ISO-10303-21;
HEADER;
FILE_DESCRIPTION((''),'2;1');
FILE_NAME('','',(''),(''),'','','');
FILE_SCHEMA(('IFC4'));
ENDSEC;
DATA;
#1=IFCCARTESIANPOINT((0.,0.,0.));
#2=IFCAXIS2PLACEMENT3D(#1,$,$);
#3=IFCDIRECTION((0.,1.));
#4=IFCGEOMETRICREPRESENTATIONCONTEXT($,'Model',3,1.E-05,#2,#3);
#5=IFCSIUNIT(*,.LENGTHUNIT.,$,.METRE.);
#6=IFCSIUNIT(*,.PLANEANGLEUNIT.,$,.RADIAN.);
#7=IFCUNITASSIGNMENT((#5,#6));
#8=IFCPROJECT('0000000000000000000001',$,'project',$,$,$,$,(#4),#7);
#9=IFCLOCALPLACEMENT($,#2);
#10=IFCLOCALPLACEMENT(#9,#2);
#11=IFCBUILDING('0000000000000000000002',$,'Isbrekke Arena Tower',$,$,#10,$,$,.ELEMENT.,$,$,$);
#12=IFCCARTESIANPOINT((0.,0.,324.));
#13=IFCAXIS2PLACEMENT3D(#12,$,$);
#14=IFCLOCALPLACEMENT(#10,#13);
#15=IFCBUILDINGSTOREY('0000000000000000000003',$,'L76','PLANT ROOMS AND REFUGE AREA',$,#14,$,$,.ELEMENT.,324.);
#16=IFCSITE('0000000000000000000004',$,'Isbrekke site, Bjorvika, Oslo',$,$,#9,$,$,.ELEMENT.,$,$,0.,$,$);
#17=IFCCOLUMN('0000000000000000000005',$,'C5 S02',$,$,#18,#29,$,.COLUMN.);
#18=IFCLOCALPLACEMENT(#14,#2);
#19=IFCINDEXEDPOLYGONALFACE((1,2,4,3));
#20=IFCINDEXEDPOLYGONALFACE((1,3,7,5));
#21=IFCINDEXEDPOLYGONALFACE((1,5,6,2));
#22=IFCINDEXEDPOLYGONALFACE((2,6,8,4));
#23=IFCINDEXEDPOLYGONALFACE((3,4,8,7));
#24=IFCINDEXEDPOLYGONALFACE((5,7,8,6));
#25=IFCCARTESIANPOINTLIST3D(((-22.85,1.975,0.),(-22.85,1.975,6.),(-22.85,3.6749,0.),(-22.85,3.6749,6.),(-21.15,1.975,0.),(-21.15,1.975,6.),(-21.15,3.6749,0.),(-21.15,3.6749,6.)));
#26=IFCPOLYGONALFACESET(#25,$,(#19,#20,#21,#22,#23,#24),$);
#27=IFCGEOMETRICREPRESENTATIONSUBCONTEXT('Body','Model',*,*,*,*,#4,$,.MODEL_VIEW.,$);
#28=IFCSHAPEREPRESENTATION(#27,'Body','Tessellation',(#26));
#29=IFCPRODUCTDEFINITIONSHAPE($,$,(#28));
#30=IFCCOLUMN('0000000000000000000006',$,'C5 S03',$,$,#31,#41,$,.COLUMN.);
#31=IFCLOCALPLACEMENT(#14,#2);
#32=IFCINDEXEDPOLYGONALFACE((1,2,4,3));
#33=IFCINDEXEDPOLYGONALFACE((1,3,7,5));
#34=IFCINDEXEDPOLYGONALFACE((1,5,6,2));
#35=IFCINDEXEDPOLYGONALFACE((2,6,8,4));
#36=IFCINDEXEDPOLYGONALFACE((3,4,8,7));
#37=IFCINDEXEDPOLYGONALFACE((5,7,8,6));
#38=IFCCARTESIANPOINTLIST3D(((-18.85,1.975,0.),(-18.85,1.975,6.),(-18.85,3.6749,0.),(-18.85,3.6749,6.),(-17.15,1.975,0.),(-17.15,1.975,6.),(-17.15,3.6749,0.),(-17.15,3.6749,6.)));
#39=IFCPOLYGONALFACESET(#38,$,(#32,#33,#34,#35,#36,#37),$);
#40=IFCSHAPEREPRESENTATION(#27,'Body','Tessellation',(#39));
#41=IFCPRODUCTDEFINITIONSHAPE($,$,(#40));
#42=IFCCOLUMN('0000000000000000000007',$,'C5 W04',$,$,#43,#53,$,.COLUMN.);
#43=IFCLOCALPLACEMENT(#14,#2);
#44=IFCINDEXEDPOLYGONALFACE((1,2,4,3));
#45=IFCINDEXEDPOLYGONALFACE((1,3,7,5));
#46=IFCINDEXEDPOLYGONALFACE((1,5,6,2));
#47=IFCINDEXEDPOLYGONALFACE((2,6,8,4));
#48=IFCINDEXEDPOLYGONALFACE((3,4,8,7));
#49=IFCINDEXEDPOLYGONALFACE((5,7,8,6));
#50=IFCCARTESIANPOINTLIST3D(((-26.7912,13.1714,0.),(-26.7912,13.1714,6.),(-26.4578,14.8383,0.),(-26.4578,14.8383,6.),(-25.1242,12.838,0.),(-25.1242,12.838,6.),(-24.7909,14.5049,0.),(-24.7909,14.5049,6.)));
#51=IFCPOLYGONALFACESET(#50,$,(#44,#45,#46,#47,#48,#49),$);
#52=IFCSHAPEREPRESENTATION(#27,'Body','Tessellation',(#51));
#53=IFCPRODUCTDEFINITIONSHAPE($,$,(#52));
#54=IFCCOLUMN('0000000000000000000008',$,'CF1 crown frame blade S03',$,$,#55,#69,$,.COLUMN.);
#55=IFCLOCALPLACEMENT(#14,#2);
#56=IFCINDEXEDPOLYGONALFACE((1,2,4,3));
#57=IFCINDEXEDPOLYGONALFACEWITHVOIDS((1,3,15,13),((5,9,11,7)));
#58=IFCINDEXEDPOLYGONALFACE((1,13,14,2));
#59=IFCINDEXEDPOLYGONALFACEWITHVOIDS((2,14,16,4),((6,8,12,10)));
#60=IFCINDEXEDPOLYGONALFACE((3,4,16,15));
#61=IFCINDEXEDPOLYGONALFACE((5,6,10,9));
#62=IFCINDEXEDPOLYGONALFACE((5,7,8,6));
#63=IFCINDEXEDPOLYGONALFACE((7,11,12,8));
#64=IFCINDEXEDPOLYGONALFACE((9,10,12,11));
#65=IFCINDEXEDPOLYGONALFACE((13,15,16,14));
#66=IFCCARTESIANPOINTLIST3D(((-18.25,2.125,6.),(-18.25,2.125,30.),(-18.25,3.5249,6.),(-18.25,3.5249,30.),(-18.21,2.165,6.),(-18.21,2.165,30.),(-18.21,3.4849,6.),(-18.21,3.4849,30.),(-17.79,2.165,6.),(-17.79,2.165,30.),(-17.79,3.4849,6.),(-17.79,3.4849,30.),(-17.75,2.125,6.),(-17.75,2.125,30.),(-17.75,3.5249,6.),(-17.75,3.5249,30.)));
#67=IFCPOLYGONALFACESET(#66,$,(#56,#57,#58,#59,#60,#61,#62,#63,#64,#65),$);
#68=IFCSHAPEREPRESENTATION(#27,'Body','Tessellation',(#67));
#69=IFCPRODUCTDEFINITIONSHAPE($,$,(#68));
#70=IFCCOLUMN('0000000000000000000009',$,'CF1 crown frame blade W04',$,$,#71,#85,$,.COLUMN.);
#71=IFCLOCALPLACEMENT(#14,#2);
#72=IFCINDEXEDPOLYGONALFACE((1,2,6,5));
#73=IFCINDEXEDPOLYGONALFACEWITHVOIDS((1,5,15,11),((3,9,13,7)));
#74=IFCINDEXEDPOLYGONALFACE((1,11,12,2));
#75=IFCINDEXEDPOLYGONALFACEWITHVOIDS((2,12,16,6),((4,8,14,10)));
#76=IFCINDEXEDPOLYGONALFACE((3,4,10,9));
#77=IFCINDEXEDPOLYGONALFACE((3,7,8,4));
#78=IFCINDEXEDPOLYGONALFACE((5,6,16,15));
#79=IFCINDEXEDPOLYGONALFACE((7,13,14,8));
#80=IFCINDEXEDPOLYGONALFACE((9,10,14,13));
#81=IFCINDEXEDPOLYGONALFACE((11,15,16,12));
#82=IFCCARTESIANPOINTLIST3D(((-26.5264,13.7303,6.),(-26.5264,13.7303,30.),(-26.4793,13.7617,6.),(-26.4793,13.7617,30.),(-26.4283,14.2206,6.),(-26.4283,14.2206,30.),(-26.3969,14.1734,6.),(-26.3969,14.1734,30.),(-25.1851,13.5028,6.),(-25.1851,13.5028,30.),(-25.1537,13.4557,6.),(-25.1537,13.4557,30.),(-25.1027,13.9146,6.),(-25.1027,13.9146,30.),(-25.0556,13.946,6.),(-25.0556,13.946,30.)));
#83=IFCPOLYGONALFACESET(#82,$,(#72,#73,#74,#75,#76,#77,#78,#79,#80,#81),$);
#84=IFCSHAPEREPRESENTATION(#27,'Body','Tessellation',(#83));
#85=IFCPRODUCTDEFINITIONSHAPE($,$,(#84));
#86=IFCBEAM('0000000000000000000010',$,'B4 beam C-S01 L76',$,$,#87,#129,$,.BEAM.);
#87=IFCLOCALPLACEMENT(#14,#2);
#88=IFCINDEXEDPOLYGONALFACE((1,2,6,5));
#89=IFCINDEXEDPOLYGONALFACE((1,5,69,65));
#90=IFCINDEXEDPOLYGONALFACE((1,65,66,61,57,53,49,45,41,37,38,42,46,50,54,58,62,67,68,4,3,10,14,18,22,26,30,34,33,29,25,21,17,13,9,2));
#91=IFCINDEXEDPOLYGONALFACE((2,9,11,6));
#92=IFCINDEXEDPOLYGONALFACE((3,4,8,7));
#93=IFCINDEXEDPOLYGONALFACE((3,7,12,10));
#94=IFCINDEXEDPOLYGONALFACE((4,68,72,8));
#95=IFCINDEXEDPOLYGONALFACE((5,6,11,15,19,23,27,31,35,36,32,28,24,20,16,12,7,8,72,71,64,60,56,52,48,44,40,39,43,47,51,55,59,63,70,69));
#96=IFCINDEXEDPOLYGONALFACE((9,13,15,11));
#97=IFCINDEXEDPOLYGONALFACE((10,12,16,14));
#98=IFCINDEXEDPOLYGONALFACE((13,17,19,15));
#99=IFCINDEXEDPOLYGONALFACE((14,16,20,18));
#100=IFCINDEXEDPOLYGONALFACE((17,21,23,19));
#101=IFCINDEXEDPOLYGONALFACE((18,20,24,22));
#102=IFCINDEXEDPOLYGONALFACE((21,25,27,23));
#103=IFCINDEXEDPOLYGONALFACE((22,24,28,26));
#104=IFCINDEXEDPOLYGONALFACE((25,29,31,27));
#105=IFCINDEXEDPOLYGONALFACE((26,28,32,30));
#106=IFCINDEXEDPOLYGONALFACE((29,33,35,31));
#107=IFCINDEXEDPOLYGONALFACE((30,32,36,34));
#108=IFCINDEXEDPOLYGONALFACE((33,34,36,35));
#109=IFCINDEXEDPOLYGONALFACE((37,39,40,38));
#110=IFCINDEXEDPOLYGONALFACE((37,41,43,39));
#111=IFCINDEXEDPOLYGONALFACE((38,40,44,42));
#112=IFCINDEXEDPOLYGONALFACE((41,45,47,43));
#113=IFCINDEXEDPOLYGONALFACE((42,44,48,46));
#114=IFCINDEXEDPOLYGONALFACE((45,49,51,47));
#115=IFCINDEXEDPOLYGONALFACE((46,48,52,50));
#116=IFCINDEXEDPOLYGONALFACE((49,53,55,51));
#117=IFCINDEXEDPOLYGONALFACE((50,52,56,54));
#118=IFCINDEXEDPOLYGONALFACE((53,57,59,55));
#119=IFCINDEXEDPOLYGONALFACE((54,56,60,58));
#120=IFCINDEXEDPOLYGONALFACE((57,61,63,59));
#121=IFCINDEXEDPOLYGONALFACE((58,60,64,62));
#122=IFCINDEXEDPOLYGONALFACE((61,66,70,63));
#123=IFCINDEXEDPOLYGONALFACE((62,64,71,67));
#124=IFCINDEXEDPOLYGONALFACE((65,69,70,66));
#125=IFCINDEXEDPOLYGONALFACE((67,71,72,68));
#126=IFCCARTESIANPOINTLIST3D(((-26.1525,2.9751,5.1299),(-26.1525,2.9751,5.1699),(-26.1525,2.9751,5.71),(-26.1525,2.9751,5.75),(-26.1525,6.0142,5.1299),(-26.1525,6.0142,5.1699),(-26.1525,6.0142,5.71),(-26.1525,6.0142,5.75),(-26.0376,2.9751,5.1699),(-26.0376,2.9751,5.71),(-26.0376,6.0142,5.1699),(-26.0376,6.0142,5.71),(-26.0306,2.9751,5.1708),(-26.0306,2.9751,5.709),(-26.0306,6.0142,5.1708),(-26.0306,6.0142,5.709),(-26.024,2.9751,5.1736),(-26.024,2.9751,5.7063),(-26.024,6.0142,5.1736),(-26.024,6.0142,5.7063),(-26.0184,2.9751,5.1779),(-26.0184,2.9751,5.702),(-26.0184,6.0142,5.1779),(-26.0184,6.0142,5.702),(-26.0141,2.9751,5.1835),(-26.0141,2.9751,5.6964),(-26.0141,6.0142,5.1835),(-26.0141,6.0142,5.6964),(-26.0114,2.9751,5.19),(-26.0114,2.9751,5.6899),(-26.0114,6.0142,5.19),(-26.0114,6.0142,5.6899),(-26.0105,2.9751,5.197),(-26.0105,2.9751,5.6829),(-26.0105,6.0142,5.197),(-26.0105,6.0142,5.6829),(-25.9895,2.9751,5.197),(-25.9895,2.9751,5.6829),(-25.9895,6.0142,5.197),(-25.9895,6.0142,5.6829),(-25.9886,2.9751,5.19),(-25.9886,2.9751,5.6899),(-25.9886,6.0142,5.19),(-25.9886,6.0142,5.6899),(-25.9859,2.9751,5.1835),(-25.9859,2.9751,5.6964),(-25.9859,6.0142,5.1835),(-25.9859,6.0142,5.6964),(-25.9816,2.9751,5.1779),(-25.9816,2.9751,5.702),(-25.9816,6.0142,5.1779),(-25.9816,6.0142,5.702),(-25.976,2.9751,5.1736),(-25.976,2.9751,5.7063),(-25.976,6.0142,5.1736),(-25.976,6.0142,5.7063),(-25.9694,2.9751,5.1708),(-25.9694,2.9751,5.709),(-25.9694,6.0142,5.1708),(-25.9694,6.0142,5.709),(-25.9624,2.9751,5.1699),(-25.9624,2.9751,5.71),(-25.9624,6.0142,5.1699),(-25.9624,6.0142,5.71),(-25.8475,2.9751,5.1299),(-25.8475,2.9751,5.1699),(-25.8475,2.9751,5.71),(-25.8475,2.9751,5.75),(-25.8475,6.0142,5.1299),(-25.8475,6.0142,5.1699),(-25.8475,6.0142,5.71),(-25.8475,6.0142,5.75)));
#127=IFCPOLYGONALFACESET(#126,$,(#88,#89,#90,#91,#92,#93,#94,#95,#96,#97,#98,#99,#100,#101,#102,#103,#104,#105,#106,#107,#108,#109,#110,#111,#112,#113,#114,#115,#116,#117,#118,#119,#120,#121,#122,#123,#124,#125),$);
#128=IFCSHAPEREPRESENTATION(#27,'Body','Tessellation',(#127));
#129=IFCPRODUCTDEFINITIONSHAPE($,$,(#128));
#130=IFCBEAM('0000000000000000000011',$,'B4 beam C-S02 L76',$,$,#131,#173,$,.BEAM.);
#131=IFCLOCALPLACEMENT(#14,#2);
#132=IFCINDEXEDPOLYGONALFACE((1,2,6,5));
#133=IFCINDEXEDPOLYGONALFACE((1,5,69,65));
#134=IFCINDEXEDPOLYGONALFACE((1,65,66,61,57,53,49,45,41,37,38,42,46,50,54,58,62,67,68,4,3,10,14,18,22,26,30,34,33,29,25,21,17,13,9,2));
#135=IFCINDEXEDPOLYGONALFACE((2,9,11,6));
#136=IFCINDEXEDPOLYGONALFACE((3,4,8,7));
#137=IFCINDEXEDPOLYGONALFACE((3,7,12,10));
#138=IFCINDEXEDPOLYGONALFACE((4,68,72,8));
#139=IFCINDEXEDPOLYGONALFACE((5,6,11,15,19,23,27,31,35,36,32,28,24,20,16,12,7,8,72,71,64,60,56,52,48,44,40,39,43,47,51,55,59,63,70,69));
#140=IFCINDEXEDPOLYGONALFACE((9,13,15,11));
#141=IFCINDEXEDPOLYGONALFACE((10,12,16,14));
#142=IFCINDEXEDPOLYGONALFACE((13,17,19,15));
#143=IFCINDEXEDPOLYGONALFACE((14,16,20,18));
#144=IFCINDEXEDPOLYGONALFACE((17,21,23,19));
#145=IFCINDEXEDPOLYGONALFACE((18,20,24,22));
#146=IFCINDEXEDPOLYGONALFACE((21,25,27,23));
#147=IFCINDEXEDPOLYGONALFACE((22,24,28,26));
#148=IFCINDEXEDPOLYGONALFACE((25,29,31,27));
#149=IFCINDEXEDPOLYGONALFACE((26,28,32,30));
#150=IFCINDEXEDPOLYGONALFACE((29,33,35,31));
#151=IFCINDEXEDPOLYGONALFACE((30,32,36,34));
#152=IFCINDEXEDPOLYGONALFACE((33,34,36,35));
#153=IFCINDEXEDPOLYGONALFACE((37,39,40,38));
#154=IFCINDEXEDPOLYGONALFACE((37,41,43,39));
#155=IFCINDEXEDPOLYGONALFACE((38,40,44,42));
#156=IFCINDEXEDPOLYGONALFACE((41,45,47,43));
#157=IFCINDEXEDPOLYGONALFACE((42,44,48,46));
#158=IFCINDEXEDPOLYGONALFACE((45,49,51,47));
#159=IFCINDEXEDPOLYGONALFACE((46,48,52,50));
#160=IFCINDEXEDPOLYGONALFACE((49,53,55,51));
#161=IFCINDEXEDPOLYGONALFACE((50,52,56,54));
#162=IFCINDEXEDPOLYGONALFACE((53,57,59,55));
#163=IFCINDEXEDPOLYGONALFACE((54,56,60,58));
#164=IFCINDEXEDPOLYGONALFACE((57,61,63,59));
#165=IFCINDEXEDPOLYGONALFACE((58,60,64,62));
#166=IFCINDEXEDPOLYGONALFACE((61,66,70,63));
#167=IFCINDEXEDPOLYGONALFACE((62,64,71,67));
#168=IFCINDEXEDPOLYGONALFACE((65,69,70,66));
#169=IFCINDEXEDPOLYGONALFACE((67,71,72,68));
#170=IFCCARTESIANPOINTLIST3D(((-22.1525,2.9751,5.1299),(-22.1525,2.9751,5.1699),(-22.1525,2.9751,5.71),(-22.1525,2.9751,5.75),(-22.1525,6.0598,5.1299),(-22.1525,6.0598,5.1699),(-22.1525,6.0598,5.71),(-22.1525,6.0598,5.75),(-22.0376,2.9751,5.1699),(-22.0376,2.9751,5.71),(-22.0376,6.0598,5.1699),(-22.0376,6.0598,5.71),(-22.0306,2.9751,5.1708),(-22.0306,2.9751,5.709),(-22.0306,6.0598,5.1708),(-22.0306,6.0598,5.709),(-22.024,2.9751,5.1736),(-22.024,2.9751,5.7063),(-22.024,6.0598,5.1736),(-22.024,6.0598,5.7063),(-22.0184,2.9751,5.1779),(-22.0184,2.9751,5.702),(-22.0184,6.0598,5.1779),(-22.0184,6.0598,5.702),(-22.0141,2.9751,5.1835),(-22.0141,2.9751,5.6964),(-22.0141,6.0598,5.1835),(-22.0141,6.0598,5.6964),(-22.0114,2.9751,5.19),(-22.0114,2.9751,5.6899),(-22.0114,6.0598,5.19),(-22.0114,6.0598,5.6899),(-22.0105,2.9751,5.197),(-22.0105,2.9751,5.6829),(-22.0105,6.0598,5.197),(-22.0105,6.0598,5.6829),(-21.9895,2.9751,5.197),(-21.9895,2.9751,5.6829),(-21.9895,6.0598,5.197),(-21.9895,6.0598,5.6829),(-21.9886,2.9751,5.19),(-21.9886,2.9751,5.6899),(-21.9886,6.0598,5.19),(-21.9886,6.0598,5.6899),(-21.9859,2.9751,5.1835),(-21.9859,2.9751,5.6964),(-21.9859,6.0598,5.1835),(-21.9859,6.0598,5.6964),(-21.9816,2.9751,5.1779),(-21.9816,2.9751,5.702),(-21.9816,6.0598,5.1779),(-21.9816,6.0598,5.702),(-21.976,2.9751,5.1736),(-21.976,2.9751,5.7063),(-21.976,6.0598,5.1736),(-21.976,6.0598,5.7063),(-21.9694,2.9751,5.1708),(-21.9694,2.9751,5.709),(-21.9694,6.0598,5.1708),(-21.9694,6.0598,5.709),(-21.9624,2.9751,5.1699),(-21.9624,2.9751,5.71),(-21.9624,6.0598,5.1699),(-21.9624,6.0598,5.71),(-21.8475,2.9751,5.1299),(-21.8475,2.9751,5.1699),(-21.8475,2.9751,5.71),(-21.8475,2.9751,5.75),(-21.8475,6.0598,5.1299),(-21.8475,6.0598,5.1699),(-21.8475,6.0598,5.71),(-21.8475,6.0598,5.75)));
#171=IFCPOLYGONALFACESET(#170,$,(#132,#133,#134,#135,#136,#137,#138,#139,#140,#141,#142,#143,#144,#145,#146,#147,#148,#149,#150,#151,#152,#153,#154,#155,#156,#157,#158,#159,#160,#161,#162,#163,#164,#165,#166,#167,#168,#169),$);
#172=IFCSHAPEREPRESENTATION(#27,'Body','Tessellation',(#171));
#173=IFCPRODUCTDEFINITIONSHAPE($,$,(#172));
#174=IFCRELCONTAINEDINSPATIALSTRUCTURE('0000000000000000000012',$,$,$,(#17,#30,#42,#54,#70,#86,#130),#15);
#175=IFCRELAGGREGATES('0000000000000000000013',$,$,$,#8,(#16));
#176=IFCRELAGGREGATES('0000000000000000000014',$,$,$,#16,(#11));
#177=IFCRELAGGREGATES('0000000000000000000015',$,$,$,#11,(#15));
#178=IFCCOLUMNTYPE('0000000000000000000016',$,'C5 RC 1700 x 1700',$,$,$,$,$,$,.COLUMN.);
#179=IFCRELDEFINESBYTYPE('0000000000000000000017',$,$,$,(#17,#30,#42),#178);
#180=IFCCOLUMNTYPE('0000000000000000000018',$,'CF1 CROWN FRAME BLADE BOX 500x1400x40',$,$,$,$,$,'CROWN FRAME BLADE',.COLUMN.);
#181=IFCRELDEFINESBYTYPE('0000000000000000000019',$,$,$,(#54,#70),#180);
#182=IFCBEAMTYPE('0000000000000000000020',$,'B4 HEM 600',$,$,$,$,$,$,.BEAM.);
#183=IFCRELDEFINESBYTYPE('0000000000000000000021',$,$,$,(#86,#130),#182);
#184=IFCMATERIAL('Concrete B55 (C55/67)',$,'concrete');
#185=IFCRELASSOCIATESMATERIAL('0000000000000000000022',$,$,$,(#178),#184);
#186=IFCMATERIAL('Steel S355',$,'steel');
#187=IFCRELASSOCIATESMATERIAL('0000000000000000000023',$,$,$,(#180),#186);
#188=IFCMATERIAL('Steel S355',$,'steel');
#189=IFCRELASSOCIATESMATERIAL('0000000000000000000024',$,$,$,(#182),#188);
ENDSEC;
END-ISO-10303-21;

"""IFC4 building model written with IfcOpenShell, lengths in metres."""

from ifc_helpers import new_model, si_unit, direction, frame, origin, origin_2d, place, context, subcontext, project, spatial, rectangle, hollow_rectangle, i_section, extrude, material, material_profile, profile_set, type_object, element, save


model = new_model("IFC4")

# Units and contexts
model_context = context("Model", 3, precision=1e-05, world=origin(), true_north=direction((0.0, 1.0)))
body_context = subcontext(model_context, "Body", "Model", "MODEL_VIEW")
ifc_project = project(units=[si_unit("LENGTHUNIT", "METRE"), si_unit("PLANEANGLEUNIT", "RADIAN")], contexts=[model_context])

# Site, building, storey
site_placement = place(None, origin())
site = spatial("IfcSite", under=ifc_project, at=site_placement, Name="Isbrekke site, Bjorvika, Oslo", CompositionType="ELEMENT", RefElevation=0.0)
building_placement = place(site_placement, origin())
building = spatial("IfcBuilding", under=site, at=building_placement, Name="Isbrekke Arena Tower", CompositionType="ELEMENT")
storey_placement = place(building_placement, frame((0.0, 0.0, 324.0)))
storey = spatial("IfcBuildingStorey", under=building, at=storey_placement, Name="L76", Description="PLANT ROOMS AND REFUGE AREA", CompositionType="ELEMENT", Elevation=324.0)

# Columns
ifc_material_1 = material(Name="Concrete B55 (C55/67)", Category="concrete")
ifc_material_profile_1 = material_profile(ifc_material_1, rectangle(XDim=1.7, YDim=1.7, at=origin_2d()), Name="RC 1700x1700")
ifc_profile_set_1 = profile_set([ifc_material_profile_1], Name="Concrete B55 (C55/67)")
column_type_1 = type_object("IfcColumnType", Name="C5 RC 1700 x 1700", PredefinedType="COLUMN", material=ifc_profile_set_1)
for number, where, z_axis, x_axis, name in (
    (1, (-22.0, 2.825, 0.0), (0.0, 0.0, 1.0), (1.0, 0.0, 0.0), "C5 S02"),
    (2, (-18.0, 2.825, 0.0), (0.0, 0.0, 1.0), (1.0, 0.0, 0.0), "C5 S03"),
    (3, (-25.791, 13.8381, 0.0), (0.0, 0.0, 1.0), (-0.196116, -0.980581, 0.0), "C5 W04"),
):
    element("IfcColumn", number, at=place(storey_placement, frame(where, z_axis=z_axis, x_axis=x_axis)), inside=storey, type_object=column_type_1, Name=name, PredefinedType="COLUMN", context=body_context, shape_type="SweptSolid", body=[
        extrude(rectangle(XDim=1.7, YDim=1.7, at=origin_2d()), origin(), (0.0, 0.0, 1.0), 6.0),
    ])
ifc_material_2 = material(Name="Steel S355", Category="steel")
ifc_material_profile_2 = material_profile(ifc_material_2, hollow_rectangle(XDim=0.5, YDim=1.3999, WallThickness=0.04, at=origin_2d()), Name="BOX 500x1400x40")
ifc_profile_set_2 = profile_set([ifc_material_profile_2], Name="Steel S355")
column_type_2 = type_object("IfcColumnType", Name="CF1 CROWN FRAME BLADE BOX 500x1400x40", ElementType="CROWN FRAME BLADE", PredefinedType="COLUMN", material=ifc_profile_set_2)
for number, where, z_axis, x_axis, name in (
    (4, (-18.0, 2.825, 6.0), (0.0, 0.0, 1.0), (1.0, 0.0, 0.0), "CF1 crown frame blade S03"),
    (5, (-25.791, 13.8381, 6.0), (0.0, 0.0, 1.0), (-0.196116, -0.980581, 0.0), "CF1 crown frame blade W04"),
):
    element("IfcColumn", number, at=place(storey_placement, frame(where, z_axis=z_axis, x_axis=x_axis)), inside=storey, type_object=column_type_2, Name=name, PredefinedType="COLUMN", context=body_context, shape_type="SweptSolid", body=[
        extrude(hollow_rectangle(XDim=0.5, YDim=1.3999, WallThickness=0.04, at=origin_2d()), origin(), (0.0, 0.0, 1.0), 24.0),
    ])

# Beams
ifc_material_3 = material(Name="Steel S355", Category="steel")
ifc_material_profile_3 = material_profile(ifc_material_3, i_section(OverallWidth=0.3049, OverallDepth=0.6201, WebThickness=0.021, FlangeThickness=0.04, FilletRadius=0.0271, at=origin_2d()), Name="HEM 600")
ifc_profile_set_3 = profile_set([ifc_material_profile_3], Name="Steel S355")
beam_type_1 = type_object("IfcBeamType", Name="B4 HEM 600", PredefinedType="BEAM", material=ifc_profile_set_3)
beam_1_placement = place(storey_placement, frame((-26.0, 2.9751, 5.4399), z_axis=(0.0, 1.0, 0.0), x_axis=(-1.0, 0.0, 0.0)))
element("IfcBeam", 6, at=beam_1_placement, inside=storey, type_object=beam_type_1, Name="B4 beam C-S01 L76", PredefinedType="BEAM", context=body_context, shape_type="SweptSolid", body=[
    extrude(i_section(OverallWidth=0.3049, OverallDepth=0.6201, WebThickness=0.021, FlangeThickness=0.04, FilletRadius=0.0271, at=origin_2d()), origin(), (0.0, 0.0, 1.0), 3.0391),
])
beam_2_placement = place(storey_placement, frame((-22.0, 2.9751, 5.4399), z_axis=(0.0, 1.0, 0.0), x_axis=(-1.0, 0.0, 0.0)))
element("IfcBeam", 7, at=beam_2_placement, inside=storey, type_object=beam_type_1, Name="B4 beam C-S02 L76", PredefinedType="BEAM", context=body_context, shape_type="SweptSolid", body=[
    extrude(i_section(OverallWidth=0.3049, OverallDepth=0.6201, WebThickness=0.021, FlangeThickness=0.04, FilletRadius=0.0271, at=origin_2d()), origin(), (0.0, 0.0, 1.0), 3.0847),
])

save(model, "model.ifc")
